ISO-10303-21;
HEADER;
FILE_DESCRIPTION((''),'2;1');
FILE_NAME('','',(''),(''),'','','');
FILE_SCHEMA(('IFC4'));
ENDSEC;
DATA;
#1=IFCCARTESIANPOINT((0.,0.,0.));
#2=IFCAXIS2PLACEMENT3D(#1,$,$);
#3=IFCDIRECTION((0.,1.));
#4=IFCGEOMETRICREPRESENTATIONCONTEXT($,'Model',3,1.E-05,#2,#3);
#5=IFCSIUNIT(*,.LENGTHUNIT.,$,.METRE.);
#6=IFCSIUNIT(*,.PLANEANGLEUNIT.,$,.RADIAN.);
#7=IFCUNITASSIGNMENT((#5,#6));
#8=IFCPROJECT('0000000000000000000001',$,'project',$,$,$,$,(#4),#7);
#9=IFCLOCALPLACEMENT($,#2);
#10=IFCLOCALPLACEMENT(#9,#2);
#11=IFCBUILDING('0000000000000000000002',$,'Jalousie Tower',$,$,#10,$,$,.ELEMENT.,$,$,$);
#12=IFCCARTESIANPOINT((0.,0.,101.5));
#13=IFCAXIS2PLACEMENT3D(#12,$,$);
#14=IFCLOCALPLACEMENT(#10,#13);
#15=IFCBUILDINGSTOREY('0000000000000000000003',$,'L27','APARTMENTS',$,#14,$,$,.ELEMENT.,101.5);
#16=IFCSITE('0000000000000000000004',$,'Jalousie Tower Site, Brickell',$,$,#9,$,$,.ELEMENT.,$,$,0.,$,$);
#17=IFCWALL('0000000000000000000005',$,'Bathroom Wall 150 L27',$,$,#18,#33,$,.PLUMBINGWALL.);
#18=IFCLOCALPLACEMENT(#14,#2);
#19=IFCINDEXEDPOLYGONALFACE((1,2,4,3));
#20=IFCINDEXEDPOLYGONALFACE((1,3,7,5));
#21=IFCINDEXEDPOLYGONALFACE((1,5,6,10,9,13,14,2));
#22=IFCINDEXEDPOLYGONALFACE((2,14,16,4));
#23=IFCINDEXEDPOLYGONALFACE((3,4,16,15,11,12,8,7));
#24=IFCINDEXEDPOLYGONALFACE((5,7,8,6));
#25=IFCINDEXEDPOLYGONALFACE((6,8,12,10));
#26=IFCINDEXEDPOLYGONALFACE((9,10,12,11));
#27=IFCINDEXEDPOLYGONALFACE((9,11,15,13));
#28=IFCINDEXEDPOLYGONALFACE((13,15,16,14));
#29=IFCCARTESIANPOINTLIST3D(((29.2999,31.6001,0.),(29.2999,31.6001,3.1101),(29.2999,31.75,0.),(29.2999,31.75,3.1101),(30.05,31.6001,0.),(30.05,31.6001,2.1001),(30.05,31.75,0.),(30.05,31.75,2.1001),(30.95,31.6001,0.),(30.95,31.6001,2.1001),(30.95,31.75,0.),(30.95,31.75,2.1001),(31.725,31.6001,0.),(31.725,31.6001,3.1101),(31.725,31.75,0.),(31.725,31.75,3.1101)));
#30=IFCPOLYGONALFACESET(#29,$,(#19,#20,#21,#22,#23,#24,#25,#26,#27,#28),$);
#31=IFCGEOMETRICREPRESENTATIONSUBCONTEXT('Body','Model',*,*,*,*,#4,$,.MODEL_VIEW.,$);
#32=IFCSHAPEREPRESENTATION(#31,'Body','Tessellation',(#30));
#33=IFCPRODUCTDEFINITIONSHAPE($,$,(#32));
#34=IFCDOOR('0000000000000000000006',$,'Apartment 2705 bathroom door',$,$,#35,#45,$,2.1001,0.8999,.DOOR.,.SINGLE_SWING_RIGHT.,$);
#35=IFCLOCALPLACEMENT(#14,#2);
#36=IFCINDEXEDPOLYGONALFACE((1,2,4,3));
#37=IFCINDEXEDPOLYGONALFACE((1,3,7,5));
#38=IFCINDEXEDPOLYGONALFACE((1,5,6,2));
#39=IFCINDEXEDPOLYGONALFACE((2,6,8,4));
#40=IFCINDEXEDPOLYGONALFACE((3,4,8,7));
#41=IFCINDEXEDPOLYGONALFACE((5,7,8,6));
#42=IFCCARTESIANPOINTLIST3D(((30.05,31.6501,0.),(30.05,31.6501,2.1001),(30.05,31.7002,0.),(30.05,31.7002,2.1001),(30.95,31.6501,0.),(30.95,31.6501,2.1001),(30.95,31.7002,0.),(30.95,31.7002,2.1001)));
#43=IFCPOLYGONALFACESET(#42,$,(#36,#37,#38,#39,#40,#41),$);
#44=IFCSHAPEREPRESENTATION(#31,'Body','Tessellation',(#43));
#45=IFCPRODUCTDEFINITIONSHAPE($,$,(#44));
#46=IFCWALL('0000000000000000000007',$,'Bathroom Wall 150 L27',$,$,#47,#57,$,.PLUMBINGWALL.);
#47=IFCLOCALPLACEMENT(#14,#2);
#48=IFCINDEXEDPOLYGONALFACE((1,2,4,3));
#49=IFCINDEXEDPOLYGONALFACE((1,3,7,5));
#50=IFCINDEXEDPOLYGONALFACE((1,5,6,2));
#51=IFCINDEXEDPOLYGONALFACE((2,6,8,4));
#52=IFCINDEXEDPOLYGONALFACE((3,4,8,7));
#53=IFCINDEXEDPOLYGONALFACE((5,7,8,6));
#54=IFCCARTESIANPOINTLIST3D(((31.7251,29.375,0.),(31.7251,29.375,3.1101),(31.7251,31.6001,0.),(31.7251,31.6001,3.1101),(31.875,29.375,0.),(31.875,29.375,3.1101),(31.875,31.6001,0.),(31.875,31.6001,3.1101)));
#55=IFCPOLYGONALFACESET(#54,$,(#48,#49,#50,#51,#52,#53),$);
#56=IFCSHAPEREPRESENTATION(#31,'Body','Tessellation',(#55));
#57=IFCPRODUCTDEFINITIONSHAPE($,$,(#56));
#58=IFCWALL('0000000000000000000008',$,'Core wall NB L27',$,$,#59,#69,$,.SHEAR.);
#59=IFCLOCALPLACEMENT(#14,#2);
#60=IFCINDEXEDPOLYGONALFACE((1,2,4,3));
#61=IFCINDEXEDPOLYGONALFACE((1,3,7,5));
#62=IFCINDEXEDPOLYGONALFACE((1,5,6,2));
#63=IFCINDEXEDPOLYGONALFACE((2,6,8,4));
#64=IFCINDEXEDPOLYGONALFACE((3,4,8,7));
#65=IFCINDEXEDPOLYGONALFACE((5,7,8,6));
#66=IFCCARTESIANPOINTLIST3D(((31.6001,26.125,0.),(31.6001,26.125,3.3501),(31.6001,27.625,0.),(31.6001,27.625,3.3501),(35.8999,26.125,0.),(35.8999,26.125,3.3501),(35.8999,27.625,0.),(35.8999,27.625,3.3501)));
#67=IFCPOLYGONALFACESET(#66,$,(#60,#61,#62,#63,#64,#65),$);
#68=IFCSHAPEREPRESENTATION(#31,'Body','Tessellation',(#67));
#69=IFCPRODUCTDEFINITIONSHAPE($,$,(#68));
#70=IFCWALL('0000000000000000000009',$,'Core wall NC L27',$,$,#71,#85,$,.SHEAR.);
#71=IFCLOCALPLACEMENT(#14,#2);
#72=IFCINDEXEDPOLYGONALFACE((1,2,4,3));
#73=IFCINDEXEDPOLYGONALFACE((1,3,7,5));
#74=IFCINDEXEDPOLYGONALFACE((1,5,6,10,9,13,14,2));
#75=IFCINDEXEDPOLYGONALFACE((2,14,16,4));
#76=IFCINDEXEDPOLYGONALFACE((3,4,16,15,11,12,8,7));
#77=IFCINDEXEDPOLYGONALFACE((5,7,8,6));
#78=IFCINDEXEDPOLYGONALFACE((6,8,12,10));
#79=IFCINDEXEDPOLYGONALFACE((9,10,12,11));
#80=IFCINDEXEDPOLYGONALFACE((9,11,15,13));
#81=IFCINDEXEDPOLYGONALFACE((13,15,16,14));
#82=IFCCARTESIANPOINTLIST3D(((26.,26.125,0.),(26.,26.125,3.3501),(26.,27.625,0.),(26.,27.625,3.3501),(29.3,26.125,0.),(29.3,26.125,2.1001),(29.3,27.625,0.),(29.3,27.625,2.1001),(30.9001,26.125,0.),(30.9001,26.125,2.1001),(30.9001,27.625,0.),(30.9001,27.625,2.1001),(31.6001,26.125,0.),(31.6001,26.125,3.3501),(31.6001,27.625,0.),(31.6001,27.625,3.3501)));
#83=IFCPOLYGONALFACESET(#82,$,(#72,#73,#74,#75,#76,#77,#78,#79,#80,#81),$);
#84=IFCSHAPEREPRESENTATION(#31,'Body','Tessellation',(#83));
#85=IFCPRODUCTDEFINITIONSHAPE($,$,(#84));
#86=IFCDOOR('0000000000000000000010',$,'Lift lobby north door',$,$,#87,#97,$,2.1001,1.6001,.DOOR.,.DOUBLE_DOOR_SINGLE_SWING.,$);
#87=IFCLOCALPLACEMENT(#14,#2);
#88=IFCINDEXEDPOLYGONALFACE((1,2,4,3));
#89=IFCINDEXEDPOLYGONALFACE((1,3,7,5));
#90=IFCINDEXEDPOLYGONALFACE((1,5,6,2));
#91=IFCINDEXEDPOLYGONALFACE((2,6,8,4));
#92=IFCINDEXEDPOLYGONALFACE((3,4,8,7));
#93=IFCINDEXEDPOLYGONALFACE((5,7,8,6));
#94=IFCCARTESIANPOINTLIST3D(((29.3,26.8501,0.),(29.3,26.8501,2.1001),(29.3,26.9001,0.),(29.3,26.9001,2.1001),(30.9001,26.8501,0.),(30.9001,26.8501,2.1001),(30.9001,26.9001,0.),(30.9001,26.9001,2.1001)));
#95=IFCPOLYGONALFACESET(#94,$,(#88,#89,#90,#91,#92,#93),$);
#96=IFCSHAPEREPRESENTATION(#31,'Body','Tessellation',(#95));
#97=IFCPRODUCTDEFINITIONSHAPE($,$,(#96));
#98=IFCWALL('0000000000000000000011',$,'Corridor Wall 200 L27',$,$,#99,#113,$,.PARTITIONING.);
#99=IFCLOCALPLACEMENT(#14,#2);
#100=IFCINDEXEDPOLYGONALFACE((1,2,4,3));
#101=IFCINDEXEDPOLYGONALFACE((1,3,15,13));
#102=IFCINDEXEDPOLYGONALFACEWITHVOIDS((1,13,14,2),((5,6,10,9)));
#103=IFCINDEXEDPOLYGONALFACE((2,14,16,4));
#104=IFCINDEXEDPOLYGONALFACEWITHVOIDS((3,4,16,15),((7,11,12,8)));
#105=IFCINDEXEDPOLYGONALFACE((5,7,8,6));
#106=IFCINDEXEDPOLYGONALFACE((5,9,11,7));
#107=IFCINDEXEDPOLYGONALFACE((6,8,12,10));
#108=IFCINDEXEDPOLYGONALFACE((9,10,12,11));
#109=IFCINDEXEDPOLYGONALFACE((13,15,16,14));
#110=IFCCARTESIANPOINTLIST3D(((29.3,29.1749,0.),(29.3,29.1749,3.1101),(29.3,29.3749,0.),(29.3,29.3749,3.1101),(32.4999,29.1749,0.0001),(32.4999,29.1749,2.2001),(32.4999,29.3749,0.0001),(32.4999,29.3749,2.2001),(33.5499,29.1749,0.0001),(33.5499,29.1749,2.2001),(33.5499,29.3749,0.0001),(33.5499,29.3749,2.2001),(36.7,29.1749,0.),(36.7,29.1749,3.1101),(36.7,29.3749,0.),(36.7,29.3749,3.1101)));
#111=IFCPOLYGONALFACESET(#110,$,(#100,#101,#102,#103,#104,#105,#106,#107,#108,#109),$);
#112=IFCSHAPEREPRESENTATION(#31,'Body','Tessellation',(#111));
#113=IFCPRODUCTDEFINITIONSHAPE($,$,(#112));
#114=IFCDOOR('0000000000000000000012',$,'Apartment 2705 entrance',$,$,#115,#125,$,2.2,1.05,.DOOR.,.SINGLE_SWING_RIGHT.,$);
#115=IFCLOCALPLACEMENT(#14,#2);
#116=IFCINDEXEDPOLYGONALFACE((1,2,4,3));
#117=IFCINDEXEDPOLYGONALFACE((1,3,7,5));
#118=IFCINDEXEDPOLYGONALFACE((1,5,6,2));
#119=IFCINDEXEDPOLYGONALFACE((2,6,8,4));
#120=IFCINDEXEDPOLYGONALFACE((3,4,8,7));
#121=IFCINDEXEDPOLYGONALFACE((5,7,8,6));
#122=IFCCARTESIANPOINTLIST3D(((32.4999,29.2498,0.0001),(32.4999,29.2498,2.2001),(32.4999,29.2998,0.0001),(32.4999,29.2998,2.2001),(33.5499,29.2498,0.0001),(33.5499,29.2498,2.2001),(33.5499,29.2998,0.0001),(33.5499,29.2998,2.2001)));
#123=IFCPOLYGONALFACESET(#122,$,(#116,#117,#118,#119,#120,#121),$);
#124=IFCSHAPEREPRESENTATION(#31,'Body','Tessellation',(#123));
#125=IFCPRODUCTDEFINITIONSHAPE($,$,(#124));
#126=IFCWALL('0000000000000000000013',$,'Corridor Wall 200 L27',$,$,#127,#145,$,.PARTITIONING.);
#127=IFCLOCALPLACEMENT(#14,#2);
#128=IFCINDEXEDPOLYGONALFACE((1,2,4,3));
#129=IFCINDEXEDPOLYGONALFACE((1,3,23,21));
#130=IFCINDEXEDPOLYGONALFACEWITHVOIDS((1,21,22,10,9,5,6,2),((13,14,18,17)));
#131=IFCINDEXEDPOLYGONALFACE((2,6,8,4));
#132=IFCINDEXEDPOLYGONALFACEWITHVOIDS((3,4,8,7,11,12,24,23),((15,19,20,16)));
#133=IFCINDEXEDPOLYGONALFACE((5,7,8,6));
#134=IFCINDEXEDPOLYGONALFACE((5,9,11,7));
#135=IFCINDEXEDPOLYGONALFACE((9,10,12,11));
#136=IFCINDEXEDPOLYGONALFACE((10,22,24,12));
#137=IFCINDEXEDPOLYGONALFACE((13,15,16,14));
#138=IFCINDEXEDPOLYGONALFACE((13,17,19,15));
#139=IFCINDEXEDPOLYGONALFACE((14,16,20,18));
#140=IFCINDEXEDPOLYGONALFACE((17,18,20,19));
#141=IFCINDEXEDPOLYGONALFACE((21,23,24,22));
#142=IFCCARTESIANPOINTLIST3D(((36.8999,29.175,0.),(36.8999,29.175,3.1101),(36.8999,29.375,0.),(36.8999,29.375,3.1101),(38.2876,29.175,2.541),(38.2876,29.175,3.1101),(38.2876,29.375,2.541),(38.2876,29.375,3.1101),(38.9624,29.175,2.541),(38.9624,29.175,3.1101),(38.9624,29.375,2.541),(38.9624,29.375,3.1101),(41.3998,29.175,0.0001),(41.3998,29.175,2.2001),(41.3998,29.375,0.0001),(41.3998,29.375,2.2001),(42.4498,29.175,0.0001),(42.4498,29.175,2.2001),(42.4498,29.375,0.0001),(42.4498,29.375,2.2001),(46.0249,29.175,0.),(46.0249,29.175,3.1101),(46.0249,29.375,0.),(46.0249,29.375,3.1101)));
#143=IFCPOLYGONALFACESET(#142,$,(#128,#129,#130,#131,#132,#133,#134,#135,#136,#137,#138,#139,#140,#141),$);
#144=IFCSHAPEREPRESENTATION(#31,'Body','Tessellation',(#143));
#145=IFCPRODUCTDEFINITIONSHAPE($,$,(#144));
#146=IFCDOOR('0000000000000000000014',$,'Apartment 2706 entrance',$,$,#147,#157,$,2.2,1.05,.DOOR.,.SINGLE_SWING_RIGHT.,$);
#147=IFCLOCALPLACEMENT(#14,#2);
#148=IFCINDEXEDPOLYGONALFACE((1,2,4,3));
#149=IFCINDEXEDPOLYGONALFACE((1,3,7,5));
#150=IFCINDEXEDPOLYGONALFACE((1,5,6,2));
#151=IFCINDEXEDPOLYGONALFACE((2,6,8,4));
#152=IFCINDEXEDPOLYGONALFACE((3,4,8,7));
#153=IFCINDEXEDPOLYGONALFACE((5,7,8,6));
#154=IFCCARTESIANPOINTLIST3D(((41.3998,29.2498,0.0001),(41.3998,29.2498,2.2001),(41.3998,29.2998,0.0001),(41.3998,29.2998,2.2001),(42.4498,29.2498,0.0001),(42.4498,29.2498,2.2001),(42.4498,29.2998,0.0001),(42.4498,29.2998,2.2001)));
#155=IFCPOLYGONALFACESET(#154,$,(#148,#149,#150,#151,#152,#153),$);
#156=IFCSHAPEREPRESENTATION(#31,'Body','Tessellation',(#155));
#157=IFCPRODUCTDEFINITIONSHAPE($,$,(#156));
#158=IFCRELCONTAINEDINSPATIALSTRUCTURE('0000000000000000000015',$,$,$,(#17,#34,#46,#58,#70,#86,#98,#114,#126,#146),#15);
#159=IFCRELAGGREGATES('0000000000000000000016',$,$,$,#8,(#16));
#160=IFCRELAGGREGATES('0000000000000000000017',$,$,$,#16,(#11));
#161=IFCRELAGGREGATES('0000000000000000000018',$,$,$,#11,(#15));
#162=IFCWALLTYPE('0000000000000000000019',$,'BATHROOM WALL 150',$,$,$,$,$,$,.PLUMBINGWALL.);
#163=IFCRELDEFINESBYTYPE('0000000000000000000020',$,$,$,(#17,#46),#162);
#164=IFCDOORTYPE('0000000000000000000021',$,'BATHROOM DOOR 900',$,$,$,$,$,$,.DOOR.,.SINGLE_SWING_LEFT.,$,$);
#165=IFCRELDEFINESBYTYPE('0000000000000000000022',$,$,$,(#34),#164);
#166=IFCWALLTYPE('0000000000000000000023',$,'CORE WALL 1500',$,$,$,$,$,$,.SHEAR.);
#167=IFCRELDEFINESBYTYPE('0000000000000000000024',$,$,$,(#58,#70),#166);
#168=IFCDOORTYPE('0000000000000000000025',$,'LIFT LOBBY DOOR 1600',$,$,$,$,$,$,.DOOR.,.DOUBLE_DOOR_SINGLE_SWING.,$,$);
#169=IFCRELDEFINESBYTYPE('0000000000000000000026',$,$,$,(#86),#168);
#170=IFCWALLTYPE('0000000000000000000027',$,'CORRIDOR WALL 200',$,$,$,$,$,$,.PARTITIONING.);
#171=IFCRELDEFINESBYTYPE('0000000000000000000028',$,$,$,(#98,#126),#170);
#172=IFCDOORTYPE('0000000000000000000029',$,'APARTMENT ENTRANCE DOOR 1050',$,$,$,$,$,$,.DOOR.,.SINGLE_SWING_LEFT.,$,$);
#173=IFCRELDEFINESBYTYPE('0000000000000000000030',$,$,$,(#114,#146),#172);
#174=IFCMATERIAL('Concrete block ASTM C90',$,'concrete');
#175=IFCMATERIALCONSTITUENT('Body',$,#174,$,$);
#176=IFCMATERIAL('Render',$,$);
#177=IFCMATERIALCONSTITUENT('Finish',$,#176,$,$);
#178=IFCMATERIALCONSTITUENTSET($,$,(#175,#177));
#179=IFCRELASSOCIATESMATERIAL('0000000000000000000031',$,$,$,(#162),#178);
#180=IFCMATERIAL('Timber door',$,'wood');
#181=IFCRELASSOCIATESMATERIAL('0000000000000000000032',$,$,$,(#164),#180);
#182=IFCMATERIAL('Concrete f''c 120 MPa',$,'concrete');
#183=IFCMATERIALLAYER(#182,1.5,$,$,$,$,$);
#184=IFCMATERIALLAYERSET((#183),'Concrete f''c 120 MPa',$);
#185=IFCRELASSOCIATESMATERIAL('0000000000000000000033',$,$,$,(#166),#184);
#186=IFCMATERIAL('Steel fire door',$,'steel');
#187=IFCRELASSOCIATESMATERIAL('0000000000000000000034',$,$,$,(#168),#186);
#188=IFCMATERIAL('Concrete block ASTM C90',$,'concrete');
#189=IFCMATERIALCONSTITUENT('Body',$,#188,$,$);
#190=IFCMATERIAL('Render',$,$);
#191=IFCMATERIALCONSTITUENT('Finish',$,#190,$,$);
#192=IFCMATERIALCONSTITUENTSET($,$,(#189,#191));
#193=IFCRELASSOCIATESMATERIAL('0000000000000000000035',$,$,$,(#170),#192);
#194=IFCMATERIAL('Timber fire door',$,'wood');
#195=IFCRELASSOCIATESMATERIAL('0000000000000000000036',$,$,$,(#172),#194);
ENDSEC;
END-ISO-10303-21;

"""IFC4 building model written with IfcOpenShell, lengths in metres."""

from ifc_helpers import new_model, si_unit, direction, frame, frame_2d, origin, place, context, subcontext, project, spatial, polyline, rectangle, outline, extrude, material, layer, layer_set, constituent, constituent_set, type_object, element, fill, save


model = new_model("IFC4")

# Units and contexts
model_context = context("Model", 3, precision=1e-05, world=origin(), true_north=direction((0.0, 1.0)))
body_context = subcontext(model_context, "Body", "Model", "MODEL_VIEW")
ifc_project = project(units=[si_unit("LENGTHUNIT", "METRE"), si_unit("PLANEANGLEUNIT", "RADIAN")], contexts=[model_context])

# Site, building, storey
site_placement = place(None, origin())
site = spatial("IfcSite", under=ifc_project, at=site_placement, Name="Jalousie Tower Site, Brickell", CompositionType="ELEMENT", RefElevation=0.0)
building_placement = place(site_placement, origin())
building = spatial("IfcBuilding", under=site, at=building_placement, Name="Jalousie Tower", CompositionType="ELEMENT")
storey_placement = place(building_placement, frame((0.0, 0.0, 101.5)))
storey = spatial("IfcBuildingStorey", under=building, at=storey_placement, Name="L27", Description="APARTMENTS", CompositionType="ELEMENT", Elevation=101.5)

# Wall, opening, door
ifc_material_1 = material(Name="Concrete block ASTM C90", Category="concrete")
ifc_constituent_1 = constituent(ifc_material_1, Name="Body")
ifc_material_2 = material(Name="Render")
ifc_constituent_2 = constituent(ifc_material_2, Name="Finish")
ifc_constituent_set_1 = constituent_set(constituents=[ifc_constituent_1, ifc_constituent_2])
wall_type_1 = type_object("IfcWallType", Name="BATHROOM WALL 150", PredefinedType="PLUMBINGWALL", material=ifc_constituent_set_1)
wall_1_placement = place(storey_placement, frame((29.3, 31.675, 0.0), z_axis=(0.0, 0.0, 1.0), x_axis=(1.0, 0.0, 0.0)))
wall_1 = element("IfcWall", 1, at=wall_1_placement, inside=storey, type_object=wall_type_1, Name="Bathroom Wall 150 L27", PredefinedType="PLUMBINGWALL", context=body_context, shape_type="SweptSolid", body=[
    extrude(rectangle(XDim=2.425, YDim=0.1499, at=frame_2d((1.2124, 0.0))), origin(), (0.0, 0.0, 1.0), 3.1101),
])
opening_1_placement = place(wall_1_placement, frame((0.75, 0.0, 0.0)))
opening_1 = element("IfcOpeningElement", 2, at=opening_1_placement, cuts=wall_1, PredefinedType="OPENING", context=body_context, shape_type="SweptSolid", body=[
    extrude(rectangle(XDim=0.8999, YDim=2.1001, at=frame_2d((0.45, 1.05))), frame((0.0, 0.085, 0.0), z_axis=(0.0, -1.0, 0.0), x_axis=(1.0, 0.0, 0.0)), (0.0, 0.0, 1.0), 0.1699),
])
ifc_material_3 = material(Name="Timber door", Category="wood")
door_type_1 = type_object("IfcDoorType", Name="BATHROOM DOOR 900", OperationType="SINGLE_SWING_LEFT", PredefinedType="DOOR", material=ifc_material_3)
door_1_placement = place(opening_1_placement, frame((0.8999, 0.0, 0.0), z_axis=(0.0, 0.0, 1.0), x_axis=(-1.0, 0.0, 0.0)))
door_1 = element("IfcDoor", 3, at=door_1_placement, inside=storey, type_object=door_type_1, Name="Apartment 2705 bathroom door", OperationType="SINGLE_SWING_RIGHT", OverallHeight=2.1001, OverallWidth=0.8999, PredefinedType="DOOR", context=body_context, shape_type="SweptSolid", body=[
    extrude(rectangle(XDim=0.8999, YDim=2.1001, at=frame_2d((0.45, 1.05))), frame((0.0, 0.0249, 0.0), z_axis=(0.0, -1.0, 0.0), x_axis=(1.0, 0.0, 0.0)), (0.0, 0.0, 1.0), 0.05),
])
fill(opening_1, door_1)

# Walls
wall_2_placement = place(storey_placement, frame((31.8, 31.6001, 0.0), z_axis=(0.0, 0.0, 1.0), x_axis=(0.0, -1.0, 0.0)))
element("IfcWall", 4, at=wall_2_placement, inside=storey, type_object=wall_type_1, Name="Bathroom Wall 150 L27", PredefinedType="PLUMBINGWALL", context=body_context, shape_type="SweptSolid", body=[
    extrude(rectangle(XDim=2.2251, YDim=0.1499, at=frame_2d((1.1125, 0.0))), origin(), (0.0, 0.0, 1.0), 3.1101),
])
ifc_material_4 = material(Name="Concrete f'c 120 MPa", Category="concrete")
ifc_layer_1 = layer(ifc_material_4, 1.5)
ifc_layer_set_1 = layer_set([ifc_layer_1], Name="Concrete f'c 120 MPa")
wall_type_2 = type_object("IfcWallType", Name="CORE WALL 1500", PredefinedType="SHEAR", material=ifc_layer_set_1)
wall_3_placement = place(storey_placement, frame((35.8999, 26.875, 0.0), z_axis=(0.0, 0.0, 1.0), x_axis=(-1.0, 0.0, 0.0)))
element("IfcWall", 5, at=wall_3_placement, inside=storey, type_object=wall_type_2, Name="Core wall NB L27", PredefinedType="SHEAR", context=body_context, shape_type="SweptSolid", body=[
    extrude(rectangle(XDim=4.2998, YDim=1.5, at=frame_2d((2.1499, 0.0))), origin(), (0.0, 0.0, 1.0), 3.3501),
])

# Walls, openings, doors
wall_4_placement = place(storey_placement, frame((31.6001, 26.875, 0.0), z_axis=(0.0, 0.0, 1.0), x_axis=(-1.0, 0.0, 0.0)))
wall_4 = element("IfcWall", 6, at=wall_4_placement, inside=storey, type_object=wall_type_2, Name="Core wall NC L27", PredefinedType="SHEAR", context=body_context, shape_type="SweptSolid", body=[
    extrude(rectangle(XDim=5.6001, YDim=1.5, at=frame_2d((2.8, 0.0))), origin(), (0.0, 0.0, 1.0), 3.3501),
])
opening_2_placement = place(wall_4_placement, frame((0.7, 0.0, 0.0)))
opening_2 = element("IfcOpeningElement", 7, at=opening_2_placement, cuts=wall_4, PredefinedType="OPENING", context=body_context, shape_type="SweptSolid", body=[
    extrude(rectangle(XDim=1.6001, YDim=2.1001, at=frame_2d((0.8, 1.05))), frame((0.0, 0.76, 0.0), z_axis=(0.0, -1.0, 0.0), x_axis=(1.0, 0.0, 0.0)), (0.0, 0.0, 1.0), 1.52),
])
ifc_material_5 = material(Name="Steel fire door", Category="steel")
door_type_2 = type_object("IfcDoorType", Name="LIFT LOBBY DOOR 1600", OperationType="DOUBLE_DOOR_SINGLE_SWING", PredefinedType="DOOR", material=ifc_material_5)
door_2_placement = place(opening_2_placement, origin())
door_2 = element("IfcDoor", 8, at=door_2_placement, inside=storey, type_object=door_type_2, Name="Lift lobby north door", OperationType="DOUBLE_DOOR_SINGLE_SWING", OverallHeight=2.1001, OverallWidth=1.6001, PredefinedType="DOOR", context=body_context, shape_type="SweptSolid", body=[
    extrude(rectangle(XDim=1.6001, YDim=2.1001, at=frame_2d((0.8, 1.05))), frame((0.0, 0.0249, 0.0), z_axis=(0.0, -1.0, 0.0), x_axis=(1.0, 0.0, 0.0)), (0.0, 0.0, 1.0), 0.05),
])
fill(opening_2, door_2)
ifc_material_6 = material(Name="Concrete block ASTM C90", Category="concrete")
ifc_constituent_3 = constituent(ifc_material_6, Name="Body")
ifc_material_7 = material(Name="Render")
ifc_constituent_4 = constituent(ifc_material_7, Name="Finish")
ifc_constituent_set_2 = constituent_set(constituents=[ifc_constituent_3, ifc_constituent_4])
wall_type_3 = type_object("IfcWallType", Name="CORRIDOR WALL 200", PredefinedType="PARTITIONING", material=ifc_constituent_set_2)
wall_5_placement = place(storey_placement, frame((29.3, 29.2749, 0.0), z_axis=(0.0, 0.0, 1.0), x_axis=(1.0, 0.0, 0.0)))
wall_5 = element("IfcWall", 9, at=wall_5_placement, inside=storey, type_object=wall_type_3, Name="Corridor Wall 200 L27", PredefinedType="PARTITIONING", context=body_context, shape_type="SweptSolid", body=[
    extrude(rectangle(XDim=7.3999, YDim=0.2, at=frame_2d((3.7, 0.0))), origin(), (0.0, 0.0, 1.0), 3.1101),
])
opening_3_placement = place(wall_5_placement, frame((3.2, 0.0, 0.0)))
opening_3 = element("IfcOpeningElement", 10, at=opening_3_placement, cuts=wall_5, PredefinedType="OPENING", context=body_context, shape_type="SweptSolid", body=[
    extrude(rectangle(XDim=1.05, YDim=2.2, at=frame_2d((0.5249, 1.1001))), frame((0.0, 0.1099, 0.0), z_axis=(0.0, -1.0, 0.0), x_axis=(1.0, 0.0, 0.0)), (0.0, 0.0, 1.0), 0.22),
])
ifc_material_8 = material(Name="Timber fire door", Category="wood")
door_type_3 = type_object("IfcDoorType", Name="APARTMENT ENTRANCE DOOR 1050", OperationType="SINGLE_SWING_LEFT", PredefinedType="DOOR", material=ifc_material_8)
door_3_placement = place(opening_3_placement, origin())
door_3 = element("IfcDoor", 11, at=door_3_placement, inside=storey, type_object=door_type_3, Name="Apartment 2705 entrance", OperationType="SINGLE_SWING_RIGHT", OverallHeight=2.2, OverallWidth=1.05, PredefinedType="DOOR", context=body_context, shape_type="SweptSolid", body=[
    extrude(rectangle(XDim=1.05, YDim=2.2, at=frame_2d((0.5249, 1.1001))), frame((0.0, 0.0249, 0.0), z_axis=(0.0, -1.0, 0.0), x_axis=(1.0, 0.0, 0.0)), (0.0, 0.0, 1.0), 0.05),
])
fill(opening_3, door_3)
wall_6_placement = place(storey_placement, frame((36.8999, 29.2749, 0.0), z_axis=(0.0, 0.0, 1.0), x_axis=(1.0, 0.0, 0.0)))
wall_6 = element("IfcWall", 12, at=wall_6_placement, inside=storey, type_object=wall_type_3, Name="Corridor Wall 200 L27", PredefinedType="PARTITIONING", context=body_context, shape_type="SweptSolid", body=[
    extrude(outline(polyline([(0.0, 0.0), (9.125, 0.0), (9.125, 3.1101), (2.0625, 3.1101), (2.0625, 2.541), (1.3877, 2.541), (1.3877, 3.1101), (0.0, 3.1101), (0.0, 0.0)])), frame((0.0, 0.1001, 0.0), z_axis=(0.0, -1.0, 0.0), x_axis=(1.0, 0.0, 0.0)), (0.0, 0.0, 1.0), 0.2),
])
opening_4_placement = place(wall_6_placement, frame((4.5, 0.0, 0.0)))
opening_4 = element("IfcOpeningElement", 13, at=opening_4_placement, cuts=wall_6, PredefinedType="OPENING", context=body_context, shape_type="SweptSolid", body=[
    extrude(rectangle(XDim=1.05, YDim=2.2, at=frame_2d((0.5249, 1.1001))), frame((0.0, 0.1099, 0.0), z_axis=(0.0, -1.0, 0.0), x_axis=(1.0, 0.0, 0.0)), (0.0, 0.0, 1.0), 0.22),
])
door_4_placement = place(opening_4_placement, origin())
door_4 = element("IfcDoor", 14, at=door_4_placement, inside=storey, type_object=door_type_3, Name="Apartment 2706 entrance", OperationType="SINGLE_SWING_RIGHT", OverallHeight=2.2, OverallWidth=1.05, PredefinedType="DOOR", context=body_context, shape_type="SweptSolid", body=[
    extrude(rectangle(XDim=1.05, YDim=2.2, at=frame_2d((0.5249, 1.1001))), frame((0.0, 0.0249, 0.0), z_axis=(0.0, -1.0, 0.0), x_axis=(1.0, 0.0, 0.0)), (0.0, 0.0, 1.0), 0.05),
])
fill(opening_4, door_4)

save(model, "model.ifc")
